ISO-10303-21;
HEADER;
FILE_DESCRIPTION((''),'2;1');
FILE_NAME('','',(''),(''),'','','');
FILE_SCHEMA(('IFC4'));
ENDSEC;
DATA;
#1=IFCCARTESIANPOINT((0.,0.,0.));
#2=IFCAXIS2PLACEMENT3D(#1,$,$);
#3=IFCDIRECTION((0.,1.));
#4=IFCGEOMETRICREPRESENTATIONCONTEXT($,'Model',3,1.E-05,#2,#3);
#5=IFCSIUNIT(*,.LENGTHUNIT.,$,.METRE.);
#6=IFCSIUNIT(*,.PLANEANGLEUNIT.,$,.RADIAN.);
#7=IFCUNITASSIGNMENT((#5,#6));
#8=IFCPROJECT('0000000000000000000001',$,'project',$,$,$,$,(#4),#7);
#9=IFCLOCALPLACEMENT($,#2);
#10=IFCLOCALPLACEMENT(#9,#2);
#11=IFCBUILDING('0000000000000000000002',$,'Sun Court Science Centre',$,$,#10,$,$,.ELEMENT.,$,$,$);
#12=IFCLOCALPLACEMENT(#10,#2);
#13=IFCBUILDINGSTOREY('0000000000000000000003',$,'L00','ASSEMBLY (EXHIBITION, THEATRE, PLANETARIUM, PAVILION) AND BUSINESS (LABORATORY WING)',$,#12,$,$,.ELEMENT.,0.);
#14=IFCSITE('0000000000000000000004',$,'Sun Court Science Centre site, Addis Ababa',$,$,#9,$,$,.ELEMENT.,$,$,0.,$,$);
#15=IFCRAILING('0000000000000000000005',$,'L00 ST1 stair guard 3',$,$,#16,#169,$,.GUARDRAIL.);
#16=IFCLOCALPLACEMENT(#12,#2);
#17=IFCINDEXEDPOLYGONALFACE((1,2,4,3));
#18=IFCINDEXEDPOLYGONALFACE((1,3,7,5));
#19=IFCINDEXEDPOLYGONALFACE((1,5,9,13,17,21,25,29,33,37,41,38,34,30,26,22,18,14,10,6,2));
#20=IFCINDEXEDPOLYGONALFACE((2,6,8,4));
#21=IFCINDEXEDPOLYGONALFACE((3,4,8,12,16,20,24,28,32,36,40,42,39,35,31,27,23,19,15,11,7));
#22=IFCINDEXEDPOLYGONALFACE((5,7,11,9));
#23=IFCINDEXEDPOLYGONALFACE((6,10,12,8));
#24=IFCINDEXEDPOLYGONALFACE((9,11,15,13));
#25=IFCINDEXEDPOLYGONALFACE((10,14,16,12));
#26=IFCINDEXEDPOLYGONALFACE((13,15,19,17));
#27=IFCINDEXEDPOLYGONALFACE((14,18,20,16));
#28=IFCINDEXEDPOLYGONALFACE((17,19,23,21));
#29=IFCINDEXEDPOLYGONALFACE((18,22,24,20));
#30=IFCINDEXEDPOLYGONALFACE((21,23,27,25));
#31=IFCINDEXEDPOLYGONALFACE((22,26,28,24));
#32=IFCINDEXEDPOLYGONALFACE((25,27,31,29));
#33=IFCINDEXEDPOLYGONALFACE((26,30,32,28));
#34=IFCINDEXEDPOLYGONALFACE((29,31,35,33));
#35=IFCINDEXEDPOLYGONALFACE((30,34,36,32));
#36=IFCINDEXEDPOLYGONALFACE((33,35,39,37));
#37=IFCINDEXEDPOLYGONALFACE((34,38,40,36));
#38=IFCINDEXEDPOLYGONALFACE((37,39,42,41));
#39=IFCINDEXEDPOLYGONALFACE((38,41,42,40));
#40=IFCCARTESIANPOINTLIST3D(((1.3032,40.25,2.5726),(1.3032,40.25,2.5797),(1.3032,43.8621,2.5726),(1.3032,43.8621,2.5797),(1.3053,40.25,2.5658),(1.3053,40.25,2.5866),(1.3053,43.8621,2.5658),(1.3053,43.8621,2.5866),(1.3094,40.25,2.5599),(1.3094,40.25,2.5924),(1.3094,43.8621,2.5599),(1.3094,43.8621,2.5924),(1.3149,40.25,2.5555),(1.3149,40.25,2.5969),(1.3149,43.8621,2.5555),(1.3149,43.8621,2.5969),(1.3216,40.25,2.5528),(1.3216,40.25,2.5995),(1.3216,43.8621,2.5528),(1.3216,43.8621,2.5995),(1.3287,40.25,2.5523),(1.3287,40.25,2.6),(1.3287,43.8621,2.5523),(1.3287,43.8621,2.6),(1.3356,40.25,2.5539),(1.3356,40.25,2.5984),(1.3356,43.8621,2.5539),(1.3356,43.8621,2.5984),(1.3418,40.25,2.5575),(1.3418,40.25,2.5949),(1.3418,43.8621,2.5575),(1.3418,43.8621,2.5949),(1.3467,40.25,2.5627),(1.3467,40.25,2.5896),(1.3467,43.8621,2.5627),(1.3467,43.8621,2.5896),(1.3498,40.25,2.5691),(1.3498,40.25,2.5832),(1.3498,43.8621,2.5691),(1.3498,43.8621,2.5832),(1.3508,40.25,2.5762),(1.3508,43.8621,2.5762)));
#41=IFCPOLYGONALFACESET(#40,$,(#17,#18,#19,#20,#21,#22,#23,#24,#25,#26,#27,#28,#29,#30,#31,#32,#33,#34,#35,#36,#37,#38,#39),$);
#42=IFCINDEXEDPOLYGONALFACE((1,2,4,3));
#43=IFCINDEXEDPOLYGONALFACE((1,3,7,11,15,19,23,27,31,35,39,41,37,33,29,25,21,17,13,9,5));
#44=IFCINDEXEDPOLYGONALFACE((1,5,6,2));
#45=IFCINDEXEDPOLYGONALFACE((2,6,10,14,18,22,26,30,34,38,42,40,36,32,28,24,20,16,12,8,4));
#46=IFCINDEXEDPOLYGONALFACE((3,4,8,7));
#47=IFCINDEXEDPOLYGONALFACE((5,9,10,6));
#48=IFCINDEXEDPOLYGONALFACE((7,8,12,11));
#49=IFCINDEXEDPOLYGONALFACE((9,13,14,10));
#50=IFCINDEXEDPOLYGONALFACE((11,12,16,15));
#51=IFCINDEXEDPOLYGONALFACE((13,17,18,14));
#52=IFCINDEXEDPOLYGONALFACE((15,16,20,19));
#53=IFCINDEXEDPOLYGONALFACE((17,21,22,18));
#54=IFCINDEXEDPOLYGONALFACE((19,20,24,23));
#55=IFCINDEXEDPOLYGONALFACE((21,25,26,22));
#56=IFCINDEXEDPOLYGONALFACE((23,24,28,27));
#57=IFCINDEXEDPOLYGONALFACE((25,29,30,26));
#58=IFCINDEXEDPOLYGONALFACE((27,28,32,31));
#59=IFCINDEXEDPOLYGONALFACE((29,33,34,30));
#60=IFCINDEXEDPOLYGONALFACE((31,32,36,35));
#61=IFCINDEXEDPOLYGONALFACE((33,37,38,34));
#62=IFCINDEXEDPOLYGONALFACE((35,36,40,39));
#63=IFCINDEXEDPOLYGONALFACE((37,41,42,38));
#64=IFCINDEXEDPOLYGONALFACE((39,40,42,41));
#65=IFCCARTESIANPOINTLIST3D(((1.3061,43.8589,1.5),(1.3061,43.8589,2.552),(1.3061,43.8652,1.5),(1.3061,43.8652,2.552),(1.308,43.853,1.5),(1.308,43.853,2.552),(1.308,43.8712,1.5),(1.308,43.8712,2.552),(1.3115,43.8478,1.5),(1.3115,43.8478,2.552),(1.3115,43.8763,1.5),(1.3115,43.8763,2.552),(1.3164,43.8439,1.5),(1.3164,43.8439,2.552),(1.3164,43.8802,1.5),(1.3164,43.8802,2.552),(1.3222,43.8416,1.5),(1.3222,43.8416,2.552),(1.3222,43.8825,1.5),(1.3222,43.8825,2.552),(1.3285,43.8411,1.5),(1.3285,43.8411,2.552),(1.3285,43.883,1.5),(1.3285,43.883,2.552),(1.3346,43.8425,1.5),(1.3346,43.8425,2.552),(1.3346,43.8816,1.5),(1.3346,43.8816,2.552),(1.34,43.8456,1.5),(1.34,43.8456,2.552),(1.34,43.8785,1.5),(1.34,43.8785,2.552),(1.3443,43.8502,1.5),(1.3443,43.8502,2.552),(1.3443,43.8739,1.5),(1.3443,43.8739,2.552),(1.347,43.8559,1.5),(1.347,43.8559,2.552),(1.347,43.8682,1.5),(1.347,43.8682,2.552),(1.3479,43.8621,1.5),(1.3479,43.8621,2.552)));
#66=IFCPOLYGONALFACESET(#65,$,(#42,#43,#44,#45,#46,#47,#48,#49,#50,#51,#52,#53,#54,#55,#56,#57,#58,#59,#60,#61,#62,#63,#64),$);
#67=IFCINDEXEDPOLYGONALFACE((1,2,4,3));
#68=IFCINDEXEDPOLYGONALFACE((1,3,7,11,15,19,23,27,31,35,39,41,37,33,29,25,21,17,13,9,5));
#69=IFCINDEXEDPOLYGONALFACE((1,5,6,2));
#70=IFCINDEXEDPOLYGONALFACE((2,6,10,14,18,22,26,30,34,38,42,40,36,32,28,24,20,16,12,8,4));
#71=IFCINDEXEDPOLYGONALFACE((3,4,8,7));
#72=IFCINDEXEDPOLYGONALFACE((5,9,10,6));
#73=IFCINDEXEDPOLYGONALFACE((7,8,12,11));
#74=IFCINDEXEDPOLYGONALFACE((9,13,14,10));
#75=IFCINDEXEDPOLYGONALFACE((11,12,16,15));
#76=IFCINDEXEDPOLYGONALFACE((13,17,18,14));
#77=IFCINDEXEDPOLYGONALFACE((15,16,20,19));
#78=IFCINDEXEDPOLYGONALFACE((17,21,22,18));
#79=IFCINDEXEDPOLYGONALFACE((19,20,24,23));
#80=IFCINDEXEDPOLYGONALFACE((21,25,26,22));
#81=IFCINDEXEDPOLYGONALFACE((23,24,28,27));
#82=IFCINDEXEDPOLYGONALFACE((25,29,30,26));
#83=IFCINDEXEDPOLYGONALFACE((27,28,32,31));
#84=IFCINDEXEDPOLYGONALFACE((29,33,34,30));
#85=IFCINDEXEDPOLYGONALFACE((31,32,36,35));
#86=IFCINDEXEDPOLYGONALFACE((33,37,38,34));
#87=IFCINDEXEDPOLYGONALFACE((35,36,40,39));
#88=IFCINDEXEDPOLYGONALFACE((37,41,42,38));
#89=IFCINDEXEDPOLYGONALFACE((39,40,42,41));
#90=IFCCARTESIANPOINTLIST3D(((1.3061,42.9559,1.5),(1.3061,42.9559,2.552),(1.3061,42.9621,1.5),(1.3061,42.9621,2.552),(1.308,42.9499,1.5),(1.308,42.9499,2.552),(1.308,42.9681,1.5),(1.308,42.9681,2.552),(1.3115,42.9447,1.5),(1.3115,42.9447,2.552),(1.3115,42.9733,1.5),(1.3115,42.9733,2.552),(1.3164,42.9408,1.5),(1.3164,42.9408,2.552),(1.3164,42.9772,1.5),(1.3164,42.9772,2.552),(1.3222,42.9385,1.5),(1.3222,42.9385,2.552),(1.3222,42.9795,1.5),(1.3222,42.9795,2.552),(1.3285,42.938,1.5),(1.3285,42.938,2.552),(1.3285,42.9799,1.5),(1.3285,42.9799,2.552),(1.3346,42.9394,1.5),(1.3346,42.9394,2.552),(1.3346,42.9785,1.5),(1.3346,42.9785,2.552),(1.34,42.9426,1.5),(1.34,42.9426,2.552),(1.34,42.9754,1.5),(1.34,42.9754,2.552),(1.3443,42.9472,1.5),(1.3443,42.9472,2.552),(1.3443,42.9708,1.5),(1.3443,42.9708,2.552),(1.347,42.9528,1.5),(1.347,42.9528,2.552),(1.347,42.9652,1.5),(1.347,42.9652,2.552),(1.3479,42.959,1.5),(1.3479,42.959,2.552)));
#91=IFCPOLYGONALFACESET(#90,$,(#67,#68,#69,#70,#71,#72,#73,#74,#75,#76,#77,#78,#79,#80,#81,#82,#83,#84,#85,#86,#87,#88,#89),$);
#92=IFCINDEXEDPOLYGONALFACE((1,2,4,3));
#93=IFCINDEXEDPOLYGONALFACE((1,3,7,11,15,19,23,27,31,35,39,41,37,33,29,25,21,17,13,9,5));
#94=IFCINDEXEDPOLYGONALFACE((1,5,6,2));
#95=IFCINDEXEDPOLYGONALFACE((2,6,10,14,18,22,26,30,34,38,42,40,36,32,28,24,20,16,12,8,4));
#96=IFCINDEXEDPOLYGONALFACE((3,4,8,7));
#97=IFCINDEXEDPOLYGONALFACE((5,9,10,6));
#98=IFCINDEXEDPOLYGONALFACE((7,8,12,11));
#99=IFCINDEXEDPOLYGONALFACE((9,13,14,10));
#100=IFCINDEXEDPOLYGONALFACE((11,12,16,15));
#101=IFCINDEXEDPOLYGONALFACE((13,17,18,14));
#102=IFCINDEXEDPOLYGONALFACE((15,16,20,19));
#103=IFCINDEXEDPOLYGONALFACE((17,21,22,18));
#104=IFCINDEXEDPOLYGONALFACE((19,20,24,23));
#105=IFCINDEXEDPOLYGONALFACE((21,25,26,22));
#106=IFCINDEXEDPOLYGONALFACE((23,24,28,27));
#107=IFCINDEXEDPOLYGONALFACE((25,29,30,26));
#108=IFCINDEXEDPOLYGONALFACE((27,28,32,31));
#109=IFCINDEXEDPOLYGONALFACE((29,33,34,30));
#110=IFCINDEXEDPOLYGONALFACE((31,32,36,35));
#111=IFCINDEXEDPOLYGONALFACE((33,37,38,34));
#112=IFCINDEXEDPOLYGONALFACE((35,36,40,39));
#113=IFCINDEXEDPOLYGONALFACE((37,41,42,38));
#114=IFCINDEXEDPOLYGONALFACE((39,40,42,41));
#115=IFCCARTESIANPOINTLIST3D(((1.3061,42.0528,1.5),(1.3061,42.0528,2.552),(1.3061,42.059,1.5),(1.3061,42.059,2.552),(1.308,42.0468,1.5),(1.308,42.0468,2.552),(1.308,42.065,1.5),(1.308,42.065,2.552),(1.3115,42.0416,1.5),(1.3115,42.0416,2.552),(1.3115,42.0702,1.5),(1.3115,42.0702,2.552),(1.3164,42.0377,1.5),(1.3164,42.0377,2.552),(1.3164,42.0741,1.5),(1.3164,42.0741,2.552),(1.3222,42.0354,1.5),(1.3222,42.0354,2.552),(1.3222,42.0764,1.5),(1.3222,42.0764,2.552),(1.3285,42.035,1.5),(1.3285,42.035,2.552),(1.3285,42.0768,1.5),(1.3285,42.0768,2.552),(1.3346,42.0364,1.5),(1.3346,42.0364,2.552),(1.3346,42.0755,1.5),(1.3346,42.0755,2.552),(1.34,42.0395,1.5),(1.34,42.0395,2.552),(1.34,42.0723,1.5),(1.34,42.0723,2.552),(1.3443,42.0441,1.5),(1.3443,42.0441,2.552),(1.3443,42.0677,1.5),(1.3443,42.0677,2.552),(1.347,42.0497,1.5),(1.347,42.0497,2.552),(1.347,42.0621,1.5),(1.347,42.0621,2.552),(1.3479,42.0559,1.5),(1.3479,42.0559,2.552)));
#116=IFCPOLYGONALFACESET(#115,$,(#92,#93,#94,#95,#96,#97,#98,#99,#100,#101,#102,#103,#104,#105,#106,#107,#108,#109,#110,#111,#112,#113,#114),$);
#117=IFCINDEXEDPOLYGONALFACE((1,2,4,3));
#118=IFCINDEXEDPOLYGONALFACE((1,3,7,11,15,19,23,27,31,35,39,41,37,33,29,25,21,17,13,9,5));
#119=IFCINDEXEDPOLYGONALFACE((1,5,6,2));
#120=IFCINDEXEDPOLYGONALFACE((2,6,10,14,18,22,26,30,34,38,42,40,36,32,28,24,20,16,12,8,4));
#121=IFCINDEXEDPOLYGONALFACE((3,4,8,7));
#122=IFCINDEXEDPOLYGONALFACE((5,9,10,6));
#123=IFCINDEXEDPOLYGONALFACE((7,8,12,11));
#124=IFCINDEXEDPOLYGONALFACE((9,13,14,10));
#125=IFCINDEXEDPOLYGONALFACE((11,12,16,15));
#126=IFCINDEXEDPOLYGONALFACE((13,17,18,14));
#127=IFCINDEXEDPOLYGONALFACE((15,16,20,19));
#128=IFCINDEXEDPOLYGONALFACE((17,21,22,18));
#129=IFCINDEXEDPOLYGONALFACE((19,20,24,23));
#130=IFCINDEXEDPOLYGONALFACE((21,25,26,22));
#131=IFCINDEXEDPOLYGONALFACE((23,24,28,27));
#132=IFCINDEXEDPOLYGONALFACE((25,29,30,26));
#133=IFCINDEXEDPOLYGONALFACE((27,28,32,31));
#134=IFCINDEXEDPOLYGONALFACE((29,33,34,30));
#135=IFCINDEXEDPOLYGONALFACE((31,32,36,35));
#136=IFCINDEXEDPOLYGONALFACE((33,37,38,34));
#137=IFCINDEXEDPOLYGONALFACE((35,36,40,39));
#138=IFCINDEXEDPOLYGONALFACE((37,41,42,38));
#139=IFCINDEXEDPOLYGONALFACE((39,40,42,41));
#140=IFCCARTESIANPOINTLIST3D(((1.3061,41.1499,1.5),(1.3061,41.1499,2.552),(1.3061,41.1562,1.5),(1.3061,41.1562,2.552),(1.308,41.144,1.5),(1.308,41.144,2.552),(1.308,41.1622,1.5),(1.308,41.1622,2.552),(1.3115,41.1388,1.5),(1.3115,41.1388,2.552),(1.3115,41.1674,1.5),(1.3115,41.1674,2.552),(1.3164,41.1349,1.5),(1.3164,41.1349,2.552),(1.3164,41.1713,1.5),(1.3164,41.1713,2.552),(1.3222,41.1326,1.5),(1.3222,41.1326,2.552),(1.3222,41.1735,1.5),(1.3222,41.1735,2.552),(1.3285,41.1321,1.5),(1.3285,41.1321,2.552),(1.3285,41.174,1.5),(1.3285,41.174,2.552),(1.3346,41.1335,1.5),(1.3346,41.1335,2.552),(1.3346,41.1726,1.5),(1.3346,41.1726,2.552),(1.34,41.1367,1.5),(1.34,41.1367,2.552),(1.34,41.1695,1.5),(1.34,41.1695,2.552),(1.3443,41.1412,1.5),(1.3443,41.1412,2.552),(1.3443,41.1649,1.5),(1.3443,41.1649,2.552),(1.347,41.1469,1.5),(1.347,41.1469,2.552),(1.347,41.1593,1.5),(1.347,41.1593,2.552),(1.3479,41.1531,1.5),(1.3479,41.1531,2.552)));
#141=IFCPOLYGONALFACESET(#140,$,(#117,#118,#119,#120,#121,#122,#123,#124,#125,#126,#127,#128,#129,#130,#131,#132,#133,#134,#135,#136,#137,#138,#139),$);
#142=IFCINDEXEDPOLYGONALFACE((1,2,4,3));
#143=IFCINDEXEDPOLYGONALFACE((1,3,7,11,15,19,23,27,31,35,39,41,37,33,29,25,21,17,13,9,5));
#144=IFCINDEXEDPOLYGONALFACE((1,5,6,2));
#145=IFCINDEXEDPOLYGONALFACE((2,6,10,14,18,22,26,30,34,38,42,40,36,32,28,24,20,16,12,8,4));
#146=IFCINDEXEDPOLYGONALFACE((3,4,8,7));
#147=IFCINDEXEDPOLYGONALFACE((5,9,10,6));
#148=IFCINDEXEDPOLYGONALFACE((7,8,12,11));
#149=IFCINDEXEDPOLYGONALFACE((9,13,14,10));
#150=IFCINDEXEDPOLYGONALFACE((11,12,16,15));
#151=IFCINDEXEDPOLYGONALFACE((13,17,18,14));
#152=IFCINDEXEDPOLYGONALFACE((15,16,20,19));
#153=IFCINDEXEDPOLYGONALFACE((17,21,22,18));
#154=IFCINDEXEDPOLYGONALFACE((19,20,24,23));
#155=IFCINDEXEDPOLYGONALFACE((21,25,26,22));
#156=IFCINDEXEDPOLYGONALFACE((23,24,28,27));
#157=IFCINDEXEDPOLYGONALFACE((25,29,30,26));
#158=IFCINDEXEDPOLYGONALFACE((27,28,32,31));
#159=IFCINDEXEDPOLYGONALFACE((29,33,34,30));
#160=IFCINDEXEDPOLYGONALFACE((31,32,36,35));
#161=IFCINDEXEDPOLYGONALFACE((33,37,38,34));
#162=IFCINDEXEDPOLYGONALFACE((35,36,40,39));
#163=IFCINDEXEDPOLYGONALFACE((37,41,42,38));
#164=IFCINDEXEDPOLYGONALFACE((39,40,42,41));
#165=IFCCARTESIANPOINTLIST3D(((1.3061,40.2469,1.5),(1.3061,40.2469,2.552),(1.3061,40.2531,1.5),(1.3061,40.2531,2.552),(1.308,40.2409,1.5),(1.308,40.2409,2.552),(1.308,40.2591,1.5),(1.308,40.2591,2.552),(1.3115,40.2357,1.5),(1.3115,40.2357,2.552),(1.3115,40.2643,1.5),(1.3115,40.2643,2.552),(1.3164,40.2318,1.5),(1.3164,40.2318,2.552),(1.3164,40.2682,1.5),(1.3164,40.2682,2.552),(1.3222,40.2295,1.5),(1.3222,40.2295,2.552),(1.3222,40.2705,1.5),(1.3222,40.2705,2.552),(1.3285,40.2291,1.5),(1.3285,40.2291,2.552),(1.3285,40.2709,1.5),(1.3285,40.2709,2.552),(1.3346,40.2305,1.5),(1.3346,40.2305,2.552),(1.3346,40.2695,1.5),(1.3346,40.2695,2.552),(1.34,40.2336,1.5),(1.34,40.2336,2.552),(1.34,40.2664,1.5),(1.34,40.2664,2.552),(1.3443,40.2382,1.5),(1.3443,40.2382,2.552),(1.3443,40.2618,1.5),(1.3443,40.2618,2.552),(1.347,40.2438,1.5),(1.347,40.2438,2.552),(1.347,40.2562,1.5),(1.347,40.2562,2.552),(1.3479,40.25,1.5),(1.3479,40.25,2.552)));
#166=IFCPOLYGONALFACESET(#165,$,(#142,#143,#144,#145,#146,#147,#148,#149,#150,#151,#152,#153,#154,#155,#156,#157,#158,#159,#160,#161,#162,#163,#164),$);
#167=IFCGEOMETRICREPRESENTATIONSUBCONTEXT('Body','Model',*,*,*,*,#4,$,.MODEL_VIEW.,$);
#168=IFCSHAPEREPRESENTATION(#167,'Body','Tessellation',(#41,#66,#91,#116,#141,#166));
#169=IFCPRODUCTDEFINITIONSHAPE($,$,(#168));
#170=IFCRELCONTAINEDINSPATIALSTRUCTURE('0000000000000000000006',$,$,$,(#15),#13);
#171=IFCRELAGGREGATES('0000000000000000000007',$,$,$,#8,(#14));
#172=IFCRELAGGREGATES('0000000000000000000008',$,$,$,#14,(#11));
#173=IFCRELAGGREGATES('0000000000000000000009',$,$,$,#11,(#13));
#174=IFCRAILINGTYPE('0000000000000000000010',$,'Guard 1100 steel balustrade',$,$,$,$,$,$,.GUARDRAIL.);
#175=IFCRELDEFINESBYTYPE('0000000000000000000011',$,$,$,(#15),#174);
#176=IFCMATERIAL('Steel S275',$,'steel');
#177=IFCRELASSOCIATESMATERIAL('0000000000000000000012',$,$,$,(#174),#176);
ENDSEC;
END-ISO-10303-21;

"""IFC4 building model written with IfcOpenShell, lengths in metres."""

from ifc_helpers import new_model, si_unit, direction, frame, origin, origin_2d, place, context, subcontext, project, spatial, circle, extrude, material, type_object, element, save


model = new_model("IFC4")

# Units and contexts
model_context = context("Model", 3, precision=1e-05, world=origin(), true_north=direction((0.0, 1.0)))
body_context = subcontext(model_context, "Body", "Model", "MODEL_VIEW")
ifc_project = project(units=[si_unit("LENGTHUNIT", "METRE"), si_unit("PLANEANGLEUNIT", "RADIAN")], contexts=[model_context])

# Site, building, storey
site_placement = place(None, origin())
site = spatial("IfcSite", under=ifc_project, at=site_placement, Name="Sun Court Science Centre site, Addis Ababa", CompositionType="ELEMENT", RefElevation=0.0)
building_placement = place(site_placement, origin())
building = spatial("IfcBuilding", under=site, at=building_placement, Name="Sun Court Science Centre", CompositionType="ELEMENT")
storey_placement = place(building_placement, origin())
storey = spatial("IfcBuildingStorey", under=building, at=storey_placement, Name="L00", Description="ASSEMBLY (EXHIBITION, THEATRE, PLANETARIUM, PAVILION) AND BUSINESS (LABORATORY WING)", CompositionType="ELEMENT", Elevation=0.0)

# Railing
ifc_material_1 = material(Name="Steel S275", Category="steel")
railing_type_1 = type_object("IfcRailingType", Name="Guard 1100 steel balustrade", PredefinedType="GUARDRAIL", material=ifc_material_1)
for number, where, name in (
    (1, (1.3269, 43.8621, 1.5), "L00 ST1 stair guard 3"),
):
    element("IfcRailing", number, at=place(storey_placement, frame(where)), inside=storey, type_object=railing_type_1, Name=name, PredefinedType="GUARDRAIL", context=body_context, shape_type="SweptSolid", body=[
        extrude(circle(Radius=0.0239, at=origin_2d()), frame((0.0, 0.0, 1.0762), z_axis=(0.0, -1.0, 0.0), x_axis=(1.0, 0.0, 0.0)), (0.0, 0.0, 1.0), 3.6121),
        extrude(circle(Radius=0.021, at=origin_2d()), origin(), (0.0, 0.0, 1.0), 1.052),
        extrude(circle(Radius=0.021, at=origin_2d()), frame((0.0, -0.9031, 0.0)), (0.0, 0.0, 1.0), 1.052),
        extrude(circle(Radius=0.021, at=origin_2d()), frame((0.0, -1.8062, 0.0)), (0.0, 0.0, 1.0), 1.052),
        extrude(circle(Radius=0.021, at=origin_2d()), frame((0.0, -2.709, 0.0)), (0.0, 0.0, 1.0), 1.052),
        extrude(circle(Radius=0.021, at=origin_2d()), frame((0.0, -3.6121, 0.0)), (0.0, 0.0, 1.0), 1.052),
    ])

save(model, "model.ifc")
